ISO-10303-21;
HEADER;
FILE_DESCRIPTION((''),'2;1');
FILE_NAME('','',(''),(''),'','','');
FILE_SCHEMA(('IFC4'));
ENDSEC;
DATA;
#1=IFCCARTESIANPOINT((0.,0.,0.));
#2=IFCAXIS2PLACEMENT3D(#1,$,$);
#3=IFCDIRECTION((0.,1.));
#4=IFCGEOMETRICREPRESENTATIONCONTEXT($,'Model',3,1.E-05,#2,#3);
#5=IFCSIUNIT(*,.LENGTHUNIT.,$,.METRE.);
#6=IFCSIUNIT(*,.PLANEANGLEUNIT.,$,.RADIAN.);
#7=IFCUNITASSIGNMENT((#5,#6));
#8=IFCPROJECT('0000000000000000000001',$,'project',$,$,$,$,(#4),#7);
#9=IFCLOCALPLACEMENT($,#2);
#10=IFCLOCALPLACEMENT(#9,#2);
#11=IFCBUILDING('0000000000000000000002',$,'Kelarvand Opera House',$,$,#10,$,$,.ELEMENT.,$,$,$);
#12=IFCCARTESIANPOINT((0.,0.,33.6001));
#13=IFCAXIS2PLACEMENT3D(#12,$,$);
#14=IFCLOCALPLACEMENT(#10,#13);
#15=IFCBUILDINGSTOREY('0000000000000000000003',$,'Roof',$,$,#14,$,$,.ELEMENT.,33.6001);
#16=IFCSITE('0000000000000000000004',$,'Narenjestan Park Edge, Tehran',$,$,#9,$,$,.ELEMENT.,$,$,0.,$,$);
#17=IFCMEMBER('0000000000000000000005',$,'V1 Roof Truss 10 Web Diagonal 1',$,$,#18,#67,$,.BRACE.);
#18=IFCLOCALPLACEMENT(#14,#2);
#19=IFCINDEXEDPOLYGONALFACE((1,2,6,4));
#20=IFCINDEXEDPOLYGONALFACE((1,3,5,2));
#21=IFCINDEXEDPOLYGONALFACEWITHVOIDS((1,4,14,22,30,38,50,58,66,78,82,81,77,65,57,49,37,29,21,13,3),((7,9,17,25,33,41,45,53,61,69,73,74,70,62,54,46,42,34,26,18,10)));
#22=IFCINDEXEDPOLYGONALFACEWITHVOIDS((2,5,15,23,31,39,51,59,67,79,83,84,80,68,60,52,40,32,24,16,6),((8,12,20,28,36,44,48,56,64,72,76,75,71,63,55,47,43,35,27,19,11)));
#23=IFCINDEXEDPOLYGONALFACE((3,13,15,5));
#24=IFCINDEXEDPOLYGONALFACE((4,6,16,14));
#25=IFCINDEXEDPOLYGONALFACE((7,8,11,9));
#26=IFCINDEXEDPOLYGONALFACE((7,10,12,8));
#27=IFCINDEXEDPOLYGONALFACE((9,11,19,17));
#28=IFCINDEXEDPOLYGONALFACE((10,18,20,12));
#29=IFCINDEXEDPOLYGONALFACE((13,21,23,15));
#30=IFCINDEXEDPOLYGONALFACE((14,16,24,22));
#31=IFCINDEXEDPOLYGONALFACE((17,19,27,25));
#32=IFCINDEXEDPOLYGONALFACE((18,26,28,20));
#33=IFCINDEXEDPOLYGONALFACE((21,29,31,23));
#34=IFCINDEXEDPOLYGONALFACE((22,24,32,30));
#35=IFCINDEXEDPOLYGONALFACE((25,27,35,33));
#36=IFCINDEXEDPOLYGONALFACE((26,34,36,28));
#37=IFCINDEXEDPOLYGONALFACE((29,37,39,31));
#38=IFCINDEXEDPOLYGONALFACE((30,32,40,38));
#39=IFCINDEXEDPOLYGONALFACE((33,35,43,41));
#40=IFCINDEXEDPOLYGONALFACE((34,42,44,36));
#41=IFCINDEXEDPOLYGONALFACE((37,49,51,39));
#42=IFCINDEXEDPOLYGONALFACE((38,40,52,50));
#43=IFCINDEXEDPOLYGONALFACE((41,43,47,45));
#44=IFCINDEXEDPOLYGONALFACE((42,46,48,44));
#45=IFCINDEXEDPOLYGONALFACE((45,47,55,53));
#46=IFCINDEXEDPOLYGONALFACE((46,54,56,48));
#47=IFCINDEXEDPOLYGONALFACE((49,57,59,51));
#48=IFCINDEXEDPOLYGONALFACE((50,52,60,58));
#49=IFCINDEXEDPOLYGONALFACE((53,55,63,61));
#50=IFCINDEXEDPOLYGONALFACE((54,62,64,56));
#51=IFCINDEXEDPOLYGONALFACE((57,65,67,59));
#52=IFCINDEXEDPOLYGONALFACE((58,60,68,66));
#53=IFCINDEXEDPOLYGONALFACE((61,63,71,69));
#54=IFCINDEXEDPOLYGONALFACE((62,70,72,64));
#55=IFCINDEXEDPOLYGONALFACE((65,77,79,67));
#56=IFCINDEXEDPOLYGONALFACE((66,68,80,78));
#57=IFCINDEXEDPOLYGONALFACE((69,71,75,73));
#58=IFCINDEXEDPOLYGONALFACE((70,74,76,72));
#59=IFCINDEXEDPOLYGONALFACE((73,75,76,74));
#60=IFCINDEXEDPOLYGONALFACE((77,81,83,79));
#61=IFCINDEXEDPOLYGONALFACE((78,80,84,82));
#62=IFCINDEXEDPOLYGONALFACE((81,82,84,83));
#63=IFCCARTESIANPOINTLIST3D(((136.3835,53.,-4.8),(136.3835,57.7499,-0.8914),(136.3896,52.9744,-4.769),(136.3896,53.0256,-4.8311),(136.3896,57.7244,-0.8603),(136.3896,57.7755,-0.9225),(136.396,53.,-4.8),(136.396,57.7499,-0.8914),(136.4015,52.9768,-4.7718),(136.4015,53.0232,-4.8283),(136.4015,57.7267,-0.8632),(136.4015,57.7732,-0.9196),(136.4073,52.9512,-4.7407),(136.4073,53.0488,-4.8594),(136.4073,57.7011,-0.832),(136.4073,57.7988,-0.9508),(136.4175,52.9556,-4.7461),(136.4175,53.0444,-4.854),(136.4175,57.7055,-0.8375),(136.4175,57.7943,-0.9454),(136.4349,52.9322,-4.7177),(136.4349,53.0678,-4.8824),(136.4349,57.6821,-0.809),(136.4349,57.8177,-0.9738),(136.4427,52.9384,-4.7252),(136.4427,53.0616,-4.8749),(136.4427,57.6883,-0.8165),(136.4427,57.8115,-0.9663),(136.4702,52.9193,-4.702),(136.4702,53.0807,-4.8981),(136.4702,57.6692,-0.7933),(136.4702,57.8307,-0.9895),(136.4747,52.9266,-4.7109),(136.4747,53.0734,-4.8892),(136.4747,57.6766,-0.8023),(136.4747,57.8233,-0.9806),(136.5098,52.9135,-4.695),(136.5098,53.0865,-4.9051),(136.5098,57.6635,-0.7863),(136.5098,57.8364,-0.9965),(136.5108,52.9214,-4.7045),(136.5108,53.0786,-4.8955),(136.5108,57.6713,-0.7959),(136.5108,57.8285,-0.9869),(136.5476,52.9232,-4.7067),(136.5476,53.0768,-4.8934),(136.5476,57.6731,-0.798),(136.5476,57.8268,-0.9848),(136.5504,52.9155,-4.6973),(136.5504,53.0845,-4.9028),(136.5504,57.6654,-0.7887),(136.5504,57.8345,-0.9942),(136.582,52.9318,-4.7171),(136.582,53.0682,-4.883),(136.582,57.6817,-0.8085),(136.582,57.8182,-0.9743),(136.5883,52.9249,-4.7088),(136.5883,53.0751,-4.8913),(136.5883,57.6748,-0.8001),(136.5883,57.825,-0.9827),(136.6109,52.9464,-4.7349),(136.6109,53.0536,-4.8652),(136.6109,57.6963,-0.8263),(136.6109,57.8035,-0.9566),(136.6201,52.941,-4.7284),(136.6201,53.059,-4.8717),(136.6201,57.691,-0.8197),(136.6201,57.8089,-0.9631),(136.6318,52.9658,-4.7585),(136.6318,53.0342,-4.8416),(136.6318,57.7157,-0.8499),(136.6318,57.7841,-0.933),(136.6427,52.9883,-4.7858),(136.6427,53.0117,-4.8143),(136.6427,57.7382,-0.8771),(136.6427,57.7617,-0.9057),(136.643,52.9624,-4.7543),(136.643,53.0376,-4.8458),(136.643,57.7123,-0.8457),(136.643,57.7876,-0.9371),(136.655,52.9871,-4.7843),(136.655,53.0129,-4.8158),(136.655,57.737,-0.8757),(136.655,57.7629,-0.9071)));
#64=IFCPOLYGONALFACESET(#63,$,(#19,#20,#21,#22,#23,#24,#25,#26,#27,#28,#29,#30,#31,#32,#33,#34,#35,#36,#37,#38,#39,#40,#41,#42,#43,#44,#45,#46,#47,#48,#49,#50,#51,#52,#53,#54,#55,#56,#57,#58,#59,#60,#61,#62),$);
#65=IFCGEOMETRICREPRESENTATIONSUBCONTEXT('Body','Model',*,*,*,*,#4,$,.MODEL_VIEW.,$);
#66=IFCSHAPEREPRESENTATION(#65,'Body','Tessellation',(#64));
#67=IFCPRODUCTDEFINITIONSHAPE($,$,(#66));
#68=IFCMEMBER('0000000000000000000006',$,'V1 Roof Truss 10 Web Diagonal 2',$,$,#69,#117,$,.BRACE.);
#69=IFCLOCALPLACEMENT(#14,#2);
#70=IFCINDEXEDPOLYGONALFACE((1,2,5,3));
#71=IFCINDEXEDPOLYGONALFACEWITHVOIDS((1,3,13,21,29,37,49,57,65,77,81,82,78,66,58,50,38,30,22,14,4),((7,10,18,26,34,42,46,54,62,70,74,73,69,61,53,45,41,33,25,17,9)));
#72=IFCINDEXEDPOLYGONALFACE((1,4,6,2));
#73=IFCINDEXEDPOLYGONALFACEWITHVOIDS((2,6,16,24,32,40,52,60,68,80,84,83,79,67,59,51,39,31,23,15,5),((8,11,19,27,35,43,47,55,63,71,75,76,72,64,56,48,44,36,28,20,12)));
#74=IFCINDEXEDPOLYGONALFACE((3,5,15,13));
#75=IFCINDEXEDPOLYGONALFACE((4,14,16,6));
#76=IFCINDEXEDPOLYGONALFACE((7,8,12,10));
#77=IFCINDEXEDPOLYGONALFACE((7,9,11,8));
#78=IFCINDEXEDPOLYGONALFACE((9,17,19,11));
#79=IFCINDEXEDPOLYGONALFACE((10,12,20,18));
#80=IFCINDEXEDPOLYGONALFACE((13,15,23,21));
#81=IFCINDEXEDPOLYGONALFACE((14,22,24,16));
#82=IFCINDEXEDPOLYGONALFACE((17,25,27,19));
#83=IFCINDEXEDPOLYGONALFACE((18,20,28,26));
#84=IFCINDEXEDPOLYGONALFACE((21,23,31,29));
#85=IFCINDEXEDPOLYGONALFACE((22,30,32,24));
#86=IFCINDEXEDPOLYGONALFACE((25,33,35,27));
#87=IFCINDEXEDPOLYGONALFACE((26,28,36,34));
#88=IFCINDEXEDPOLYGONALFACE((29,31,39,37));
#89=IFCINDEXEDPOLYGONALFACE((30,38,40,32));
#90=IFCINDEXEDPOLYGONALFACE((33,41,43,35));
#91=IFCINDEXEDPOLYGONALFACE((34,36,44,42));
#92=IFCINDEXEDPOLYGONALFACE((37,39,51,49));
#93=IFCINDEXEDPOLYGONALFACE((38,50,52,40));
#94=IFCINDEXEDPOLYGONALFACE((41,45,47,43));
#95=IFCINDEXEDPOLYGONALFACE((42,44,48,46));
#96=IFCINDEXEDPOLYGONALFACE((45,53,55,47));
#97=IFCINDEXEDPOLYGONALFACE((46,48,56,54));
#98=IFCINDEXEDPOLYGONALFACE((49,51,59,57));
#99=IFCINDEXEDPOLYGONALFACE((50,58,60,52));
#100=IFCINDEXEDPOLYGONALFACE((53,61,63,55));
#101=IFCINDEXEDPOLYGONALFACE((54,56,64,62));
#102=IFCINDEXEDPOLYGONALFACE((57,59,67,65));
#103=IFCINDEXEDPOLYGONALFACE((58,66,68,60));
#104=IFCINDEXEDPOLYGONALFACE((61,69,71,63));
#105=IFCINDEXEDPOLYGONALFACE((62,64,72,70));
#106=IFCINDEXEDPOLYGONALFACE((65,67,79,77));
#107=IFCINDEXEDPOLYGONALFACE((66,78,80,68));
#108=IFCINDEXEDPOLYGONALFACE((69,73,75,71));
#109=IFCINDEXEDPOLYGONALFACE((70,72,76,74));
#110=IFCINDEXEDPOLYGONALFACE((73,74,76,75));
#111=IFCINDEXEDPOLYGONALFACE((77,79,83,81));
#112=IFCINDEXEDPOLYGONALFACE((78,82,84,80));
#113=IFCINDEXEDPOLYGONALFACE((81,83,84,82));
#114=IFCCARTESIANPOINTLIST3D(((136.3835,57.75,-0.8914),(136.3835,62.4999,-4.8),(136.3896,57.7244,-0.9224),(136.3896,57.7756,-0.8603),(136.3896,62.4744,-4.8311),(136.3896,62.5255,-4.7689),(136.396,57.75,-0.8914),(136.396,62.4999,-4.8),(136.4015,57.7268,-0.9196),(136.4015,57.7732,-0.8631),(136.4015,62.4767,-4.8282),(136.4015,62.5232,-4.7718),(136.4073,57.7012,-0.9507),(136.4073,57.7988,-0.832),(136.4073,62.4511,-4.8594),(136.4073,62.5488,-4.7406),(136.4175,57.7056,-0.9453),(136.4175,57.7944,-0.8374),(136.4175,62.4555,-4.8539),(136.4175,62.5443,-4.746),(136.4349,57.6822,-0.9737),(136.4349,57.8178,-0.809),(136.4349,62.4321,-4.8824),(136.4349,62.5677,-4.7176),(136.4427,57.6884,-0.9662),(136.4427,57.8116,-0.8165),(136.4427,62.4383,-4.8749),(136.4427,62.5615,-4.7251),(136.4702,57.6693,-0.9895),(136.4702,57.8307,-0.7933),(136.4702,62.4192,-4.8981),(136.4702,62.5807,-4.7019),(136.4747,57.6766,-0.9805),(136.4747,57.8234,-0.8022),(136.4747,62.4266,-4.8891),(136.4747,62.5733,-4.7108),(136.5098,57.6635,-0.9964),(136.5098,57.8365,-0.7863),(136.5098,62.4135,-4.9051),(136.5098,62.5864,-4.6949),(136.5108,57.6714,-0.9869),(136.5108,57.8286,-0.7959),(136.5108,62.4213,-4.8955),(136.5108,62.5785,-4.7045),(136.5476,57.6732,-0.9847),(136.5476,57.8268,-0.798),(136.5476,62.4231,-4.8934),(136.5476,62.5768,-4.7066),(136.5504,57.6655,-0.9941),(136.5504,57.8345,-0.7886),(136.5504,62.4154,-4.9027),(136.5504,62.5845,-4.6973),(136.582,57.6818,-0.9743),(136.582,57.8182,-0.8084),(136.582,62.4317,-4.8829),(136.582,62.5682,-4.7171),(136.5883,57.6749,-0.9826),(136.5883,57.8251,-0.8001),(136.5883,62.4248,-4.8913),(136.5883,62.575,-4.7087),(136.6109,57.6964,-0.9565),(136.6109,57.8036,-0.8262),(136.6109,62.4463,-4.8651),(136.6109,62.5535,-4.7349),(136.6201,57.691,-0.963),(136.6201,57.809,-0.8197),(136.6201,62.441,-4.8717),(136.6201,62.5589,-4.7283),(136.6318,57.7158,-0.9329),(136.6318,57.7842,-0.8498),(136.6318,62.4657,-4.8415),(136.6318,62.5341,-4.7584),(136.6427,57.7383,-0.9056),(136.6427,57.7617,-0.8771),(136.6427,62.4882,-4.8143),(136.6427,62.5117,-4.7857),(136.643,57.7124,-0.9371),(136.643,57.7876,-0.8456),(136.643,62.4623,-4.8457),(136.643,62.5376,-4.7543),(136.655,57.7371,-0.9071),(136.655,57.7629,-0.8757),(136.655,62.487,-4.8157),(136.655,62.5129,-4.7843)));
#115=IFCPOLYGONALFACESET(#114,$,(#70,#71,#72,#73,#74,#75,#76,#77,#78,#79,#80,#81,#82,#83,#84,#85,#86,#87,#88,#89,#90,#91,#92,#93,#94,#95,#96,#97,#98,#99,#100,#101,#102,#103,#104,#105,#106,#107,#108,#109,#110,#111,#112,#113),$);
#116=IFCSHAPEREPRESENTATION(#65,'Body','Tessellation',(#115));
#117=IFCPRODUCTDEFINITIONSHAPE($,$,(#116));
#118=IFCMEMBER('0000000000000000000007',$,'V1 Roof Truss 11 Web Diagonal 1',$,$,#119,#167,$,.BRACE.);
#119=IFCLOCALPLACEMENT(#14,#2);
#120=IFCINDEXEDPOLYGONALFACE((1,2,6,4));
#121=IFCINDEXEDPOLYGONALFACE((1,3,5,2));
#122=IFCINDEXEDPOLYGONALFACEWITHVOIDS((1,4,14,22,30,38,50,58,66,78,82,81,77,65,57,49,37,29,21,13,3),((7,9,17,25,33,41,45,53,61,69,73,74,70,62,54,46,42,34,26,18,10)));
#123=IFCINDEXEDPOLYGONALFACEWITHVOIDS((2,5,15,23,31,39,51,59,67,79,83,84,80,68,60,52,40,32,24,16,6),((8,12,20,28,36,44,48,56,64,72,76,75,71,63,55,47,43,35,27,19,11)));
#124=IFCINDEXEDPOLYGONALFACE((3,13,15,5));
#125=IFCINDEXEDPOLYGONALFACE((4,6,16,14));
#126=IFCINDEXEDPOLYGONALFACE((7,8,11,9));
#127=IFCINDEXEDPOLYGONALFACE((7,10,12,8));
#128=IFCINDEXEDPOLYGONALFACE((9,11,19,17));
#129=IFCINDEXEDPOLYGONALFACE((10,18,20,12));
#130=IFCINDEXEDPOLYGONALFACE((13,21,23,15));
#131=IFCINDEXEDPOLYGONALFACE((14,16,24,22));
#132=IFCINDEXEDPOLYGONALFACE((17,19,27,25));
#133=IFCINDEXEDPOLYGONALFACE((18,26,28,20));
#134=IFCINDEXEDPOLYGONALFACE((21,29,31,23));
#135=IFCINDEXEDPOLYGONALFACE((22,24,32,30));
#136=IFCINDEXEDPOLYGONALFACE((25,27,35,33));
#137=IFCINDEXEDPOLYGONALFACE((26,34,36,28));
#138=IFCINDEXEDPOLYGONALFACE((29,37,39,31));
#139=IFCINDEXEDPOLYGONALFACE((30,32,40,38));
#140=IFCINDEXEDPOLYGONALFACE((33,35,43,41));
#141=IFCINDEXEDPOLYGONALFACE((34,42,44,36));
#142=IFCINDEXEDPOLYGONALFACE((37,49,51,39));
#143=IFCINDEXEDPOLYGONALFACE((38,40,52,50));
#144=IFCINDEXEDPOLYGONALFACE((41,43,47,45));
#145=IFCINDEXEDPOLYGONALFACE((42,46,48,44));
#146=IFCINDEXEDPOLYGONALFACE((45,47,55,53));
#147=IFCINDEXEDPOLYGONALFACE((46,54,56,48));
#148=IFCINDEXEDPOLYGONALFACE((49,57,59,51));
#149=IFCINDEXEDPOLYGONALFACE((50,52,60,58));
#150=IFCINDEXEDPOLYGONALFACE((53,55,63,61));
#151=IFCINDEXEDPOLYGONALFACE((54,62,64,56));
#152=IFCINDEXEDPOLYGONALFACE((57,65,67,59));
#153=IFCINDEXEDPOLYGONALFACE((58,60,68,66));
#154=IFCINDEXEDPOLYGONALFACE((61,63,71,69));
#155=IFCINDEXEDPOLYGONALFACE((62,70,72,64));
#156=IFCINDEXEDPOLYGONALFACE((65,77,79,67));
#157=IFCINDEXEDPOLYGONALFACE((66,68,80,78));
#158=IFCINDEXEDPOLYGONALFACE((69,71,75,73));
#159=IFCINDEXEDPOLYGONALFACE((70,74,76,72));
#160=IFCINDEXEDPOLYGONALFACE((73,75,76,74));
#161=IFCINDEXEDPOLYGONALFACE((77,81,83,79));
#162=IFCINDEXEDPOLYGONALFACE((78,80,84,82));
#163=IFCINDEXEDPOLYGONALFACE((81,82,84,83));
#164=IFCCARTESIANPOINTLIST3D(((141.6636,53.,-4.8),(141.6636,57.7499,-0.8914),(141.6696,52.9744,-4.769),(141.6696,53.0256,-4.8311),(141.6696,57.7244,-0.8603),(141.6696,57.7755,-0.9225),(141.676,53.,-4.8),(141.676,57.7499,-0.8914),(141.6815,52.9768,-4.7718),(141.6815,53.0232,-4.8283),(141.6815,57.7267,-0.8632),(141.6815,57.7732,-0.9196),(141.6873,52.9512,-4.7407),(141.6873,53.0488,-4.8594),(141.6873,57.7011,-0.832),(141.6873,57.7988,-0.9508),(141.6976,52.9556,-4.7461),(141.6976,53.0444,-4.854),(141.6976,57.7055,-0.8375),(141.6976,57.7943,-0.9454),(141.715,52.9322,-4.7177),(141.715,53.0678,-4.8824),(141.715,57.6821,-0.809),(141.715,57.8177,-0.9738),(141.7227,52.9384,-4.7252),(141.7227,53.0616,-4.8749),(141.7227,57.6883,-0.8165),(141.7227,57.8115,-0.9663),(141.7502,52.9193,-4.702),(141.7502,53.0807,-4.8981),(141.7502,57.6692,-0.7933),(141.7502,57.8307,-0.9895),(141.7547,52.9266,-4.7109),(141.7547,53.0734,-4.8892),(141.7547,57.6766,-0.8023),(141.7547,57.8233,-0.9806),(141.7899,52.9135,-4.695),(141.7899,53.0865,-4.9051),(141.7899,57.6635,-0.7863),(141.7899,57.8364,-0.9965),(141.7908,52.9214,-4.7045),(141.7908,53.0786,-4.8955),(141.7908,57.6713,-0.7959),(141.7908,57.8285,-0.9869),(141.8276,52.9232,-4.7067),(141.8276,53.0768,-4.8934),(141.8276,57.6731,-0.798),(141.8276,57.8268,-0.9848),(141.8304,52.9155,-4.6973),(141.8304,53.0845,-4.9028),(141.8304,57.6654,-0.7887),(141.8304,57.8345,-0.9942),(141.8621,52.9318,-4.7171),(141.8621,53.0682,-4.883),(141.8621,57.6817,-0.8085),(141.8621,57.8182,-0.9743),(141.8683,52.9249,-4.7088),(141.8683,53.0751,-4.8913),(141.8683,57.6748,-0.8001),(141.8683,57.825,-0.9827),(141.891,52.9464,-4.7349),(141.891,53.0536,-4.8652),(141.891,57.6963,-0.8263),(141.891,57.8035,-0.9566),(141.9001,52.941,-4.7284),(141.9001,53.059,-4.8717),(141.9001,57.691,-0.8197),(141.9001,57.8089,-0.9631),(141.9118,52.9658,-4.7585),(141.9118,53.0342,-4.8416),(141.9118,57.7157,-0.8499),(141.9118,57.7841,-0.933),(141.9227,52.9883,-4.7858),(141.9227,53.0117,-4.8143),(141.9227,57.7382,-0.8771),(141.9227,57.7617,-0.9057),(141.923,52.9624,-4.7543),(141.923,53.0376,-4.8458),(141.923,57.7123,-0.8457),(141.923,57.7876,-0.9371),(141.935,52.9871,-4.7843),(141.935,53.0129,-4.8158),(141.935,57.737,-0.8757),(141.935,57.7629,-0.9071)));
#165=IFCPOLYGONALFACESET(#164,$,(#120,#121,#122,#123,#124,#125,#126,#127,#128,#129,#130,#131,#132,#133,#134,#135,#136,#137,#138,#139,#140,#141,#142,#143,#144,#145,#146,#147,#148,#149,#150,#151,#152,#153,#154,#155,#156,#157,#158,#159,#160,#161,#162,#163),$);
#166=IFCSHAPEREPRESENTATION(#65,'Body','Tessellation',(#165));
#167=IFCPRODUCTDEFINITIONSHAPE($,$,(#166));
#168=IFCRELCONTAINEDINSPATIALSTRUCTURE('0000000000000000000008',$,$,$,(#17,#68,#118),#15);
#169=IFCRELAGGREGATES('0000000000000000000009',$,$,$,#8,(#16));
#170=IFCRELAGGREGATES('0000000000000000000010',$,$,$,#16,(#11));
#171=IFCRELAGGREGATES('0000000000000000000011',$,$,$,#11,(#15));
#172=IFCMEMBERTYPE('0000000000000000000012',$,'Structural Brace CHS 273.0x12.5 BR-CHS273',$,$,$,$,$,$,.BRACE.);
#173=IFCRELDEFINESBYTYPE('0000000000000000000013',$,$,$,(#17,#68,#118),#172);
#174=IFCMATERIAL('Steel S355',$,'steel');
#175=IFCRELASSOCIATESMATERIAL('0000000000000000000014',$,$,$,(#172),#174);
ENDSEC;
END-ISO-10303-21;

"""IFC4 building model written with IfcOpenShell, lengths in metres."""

from ifc_helpers import new_model, si_unit, direction, frame, origin, origin_2d, place, context, subcontext, project, spatial, hollow_circle, extrude, material, material_profile, profile_set, type_object, element, save


model = new_model("IFC4")

# Units and contexts
model_context = context("Model", 3, precision=1e-05, world=origin(), true_north=direction((0.0, 1.0)))
body_context = subcontext(model_context, "Body", "Model", "MODEL_VIEW")
ifc_project = project(units=[si_unit("LENGTHUNIT", "METRE"), si_unit("PLANEANGLEUNIT", "RADIAN")], contexts=[model_context])

# Site, building, storey
site_placement = place(None, origin())
site = spatial("IfcSite", under=ifc_project, at=site_placement, Name="Narenjestan Park Edge, Tehran", CompositionType="ELEMENT", RefElevation=0.0)
building_placement = place(site_placement, origin())
building = spatial("IfcBuilding", under=site, at=building_placement, Name="Kelarvand Opera House", CompositionType="ELEMENT")
storey_placement = place(building_placement, frame((0.0, 0.0, 33.6001)))
storey = spatial("IfcBuildingStorey", under=building, at=storey_placement, Name="Roof", CompositionType="ELEMENT", Elevation=33.6001)

# Members
ifc_material = material(Name="Steel S355", Category="steel")
ifc_material_profile_1 = material_profile(ifc_material, hollow_circle(Radius=0.1365, WallThickness=0.0125, at=origin_2d()), Name="CHS 273.0x12.5", Category="steel")
ifc_profile_set_1 = profile_set([ifc_material_profile_1], Name="Steel S355")
member_type_1 = type_object("IfcMemberType", Name="Structural Brace CHS 273.0x12.5 BR-CHS273", PredefinedType="BRACE", material=ifc_profile_set_1)
for number, where, z_axis, x_axis, name in (
    (1, (136.52, 53.0, -4.8), (0.0, 0.772175, 0.63541), (-1.0, 0.0, 0.0), "V1 Roof Truss 10 Web Diagonal 1"),
    (2, (136.52, 57.75, -0.8914), (0.0, 0.772175, -0.63541), (-1.0, 0.0, 0.0), "V1 Roof Truss 10 Web Diagonal 2"),
    (3, (141.8, 53.0, -4.8), (0.0, 0.772175, 0.63541), (-1.0, 0.0, 0.0), "V1 Roof Truss 11 Web Diagonal 1"),
):
    element("IfcMember", number, at=place(storey_placement, frame(where, z_axis=z_axis, x_axis=x_axis)), inside=storey, type_object=member_type_1, Name=name, PredefinedType="BRACE", context=body_context, shape_type="SweptSolid", body=[
        extrude(hollow_circle(Radius=0.1365, WallThickness=0.0125, at=origin_2d()), origin(), (0.0, 0.0, 1.0), 6.1514),
    ])

save(model, "model.ifc")
